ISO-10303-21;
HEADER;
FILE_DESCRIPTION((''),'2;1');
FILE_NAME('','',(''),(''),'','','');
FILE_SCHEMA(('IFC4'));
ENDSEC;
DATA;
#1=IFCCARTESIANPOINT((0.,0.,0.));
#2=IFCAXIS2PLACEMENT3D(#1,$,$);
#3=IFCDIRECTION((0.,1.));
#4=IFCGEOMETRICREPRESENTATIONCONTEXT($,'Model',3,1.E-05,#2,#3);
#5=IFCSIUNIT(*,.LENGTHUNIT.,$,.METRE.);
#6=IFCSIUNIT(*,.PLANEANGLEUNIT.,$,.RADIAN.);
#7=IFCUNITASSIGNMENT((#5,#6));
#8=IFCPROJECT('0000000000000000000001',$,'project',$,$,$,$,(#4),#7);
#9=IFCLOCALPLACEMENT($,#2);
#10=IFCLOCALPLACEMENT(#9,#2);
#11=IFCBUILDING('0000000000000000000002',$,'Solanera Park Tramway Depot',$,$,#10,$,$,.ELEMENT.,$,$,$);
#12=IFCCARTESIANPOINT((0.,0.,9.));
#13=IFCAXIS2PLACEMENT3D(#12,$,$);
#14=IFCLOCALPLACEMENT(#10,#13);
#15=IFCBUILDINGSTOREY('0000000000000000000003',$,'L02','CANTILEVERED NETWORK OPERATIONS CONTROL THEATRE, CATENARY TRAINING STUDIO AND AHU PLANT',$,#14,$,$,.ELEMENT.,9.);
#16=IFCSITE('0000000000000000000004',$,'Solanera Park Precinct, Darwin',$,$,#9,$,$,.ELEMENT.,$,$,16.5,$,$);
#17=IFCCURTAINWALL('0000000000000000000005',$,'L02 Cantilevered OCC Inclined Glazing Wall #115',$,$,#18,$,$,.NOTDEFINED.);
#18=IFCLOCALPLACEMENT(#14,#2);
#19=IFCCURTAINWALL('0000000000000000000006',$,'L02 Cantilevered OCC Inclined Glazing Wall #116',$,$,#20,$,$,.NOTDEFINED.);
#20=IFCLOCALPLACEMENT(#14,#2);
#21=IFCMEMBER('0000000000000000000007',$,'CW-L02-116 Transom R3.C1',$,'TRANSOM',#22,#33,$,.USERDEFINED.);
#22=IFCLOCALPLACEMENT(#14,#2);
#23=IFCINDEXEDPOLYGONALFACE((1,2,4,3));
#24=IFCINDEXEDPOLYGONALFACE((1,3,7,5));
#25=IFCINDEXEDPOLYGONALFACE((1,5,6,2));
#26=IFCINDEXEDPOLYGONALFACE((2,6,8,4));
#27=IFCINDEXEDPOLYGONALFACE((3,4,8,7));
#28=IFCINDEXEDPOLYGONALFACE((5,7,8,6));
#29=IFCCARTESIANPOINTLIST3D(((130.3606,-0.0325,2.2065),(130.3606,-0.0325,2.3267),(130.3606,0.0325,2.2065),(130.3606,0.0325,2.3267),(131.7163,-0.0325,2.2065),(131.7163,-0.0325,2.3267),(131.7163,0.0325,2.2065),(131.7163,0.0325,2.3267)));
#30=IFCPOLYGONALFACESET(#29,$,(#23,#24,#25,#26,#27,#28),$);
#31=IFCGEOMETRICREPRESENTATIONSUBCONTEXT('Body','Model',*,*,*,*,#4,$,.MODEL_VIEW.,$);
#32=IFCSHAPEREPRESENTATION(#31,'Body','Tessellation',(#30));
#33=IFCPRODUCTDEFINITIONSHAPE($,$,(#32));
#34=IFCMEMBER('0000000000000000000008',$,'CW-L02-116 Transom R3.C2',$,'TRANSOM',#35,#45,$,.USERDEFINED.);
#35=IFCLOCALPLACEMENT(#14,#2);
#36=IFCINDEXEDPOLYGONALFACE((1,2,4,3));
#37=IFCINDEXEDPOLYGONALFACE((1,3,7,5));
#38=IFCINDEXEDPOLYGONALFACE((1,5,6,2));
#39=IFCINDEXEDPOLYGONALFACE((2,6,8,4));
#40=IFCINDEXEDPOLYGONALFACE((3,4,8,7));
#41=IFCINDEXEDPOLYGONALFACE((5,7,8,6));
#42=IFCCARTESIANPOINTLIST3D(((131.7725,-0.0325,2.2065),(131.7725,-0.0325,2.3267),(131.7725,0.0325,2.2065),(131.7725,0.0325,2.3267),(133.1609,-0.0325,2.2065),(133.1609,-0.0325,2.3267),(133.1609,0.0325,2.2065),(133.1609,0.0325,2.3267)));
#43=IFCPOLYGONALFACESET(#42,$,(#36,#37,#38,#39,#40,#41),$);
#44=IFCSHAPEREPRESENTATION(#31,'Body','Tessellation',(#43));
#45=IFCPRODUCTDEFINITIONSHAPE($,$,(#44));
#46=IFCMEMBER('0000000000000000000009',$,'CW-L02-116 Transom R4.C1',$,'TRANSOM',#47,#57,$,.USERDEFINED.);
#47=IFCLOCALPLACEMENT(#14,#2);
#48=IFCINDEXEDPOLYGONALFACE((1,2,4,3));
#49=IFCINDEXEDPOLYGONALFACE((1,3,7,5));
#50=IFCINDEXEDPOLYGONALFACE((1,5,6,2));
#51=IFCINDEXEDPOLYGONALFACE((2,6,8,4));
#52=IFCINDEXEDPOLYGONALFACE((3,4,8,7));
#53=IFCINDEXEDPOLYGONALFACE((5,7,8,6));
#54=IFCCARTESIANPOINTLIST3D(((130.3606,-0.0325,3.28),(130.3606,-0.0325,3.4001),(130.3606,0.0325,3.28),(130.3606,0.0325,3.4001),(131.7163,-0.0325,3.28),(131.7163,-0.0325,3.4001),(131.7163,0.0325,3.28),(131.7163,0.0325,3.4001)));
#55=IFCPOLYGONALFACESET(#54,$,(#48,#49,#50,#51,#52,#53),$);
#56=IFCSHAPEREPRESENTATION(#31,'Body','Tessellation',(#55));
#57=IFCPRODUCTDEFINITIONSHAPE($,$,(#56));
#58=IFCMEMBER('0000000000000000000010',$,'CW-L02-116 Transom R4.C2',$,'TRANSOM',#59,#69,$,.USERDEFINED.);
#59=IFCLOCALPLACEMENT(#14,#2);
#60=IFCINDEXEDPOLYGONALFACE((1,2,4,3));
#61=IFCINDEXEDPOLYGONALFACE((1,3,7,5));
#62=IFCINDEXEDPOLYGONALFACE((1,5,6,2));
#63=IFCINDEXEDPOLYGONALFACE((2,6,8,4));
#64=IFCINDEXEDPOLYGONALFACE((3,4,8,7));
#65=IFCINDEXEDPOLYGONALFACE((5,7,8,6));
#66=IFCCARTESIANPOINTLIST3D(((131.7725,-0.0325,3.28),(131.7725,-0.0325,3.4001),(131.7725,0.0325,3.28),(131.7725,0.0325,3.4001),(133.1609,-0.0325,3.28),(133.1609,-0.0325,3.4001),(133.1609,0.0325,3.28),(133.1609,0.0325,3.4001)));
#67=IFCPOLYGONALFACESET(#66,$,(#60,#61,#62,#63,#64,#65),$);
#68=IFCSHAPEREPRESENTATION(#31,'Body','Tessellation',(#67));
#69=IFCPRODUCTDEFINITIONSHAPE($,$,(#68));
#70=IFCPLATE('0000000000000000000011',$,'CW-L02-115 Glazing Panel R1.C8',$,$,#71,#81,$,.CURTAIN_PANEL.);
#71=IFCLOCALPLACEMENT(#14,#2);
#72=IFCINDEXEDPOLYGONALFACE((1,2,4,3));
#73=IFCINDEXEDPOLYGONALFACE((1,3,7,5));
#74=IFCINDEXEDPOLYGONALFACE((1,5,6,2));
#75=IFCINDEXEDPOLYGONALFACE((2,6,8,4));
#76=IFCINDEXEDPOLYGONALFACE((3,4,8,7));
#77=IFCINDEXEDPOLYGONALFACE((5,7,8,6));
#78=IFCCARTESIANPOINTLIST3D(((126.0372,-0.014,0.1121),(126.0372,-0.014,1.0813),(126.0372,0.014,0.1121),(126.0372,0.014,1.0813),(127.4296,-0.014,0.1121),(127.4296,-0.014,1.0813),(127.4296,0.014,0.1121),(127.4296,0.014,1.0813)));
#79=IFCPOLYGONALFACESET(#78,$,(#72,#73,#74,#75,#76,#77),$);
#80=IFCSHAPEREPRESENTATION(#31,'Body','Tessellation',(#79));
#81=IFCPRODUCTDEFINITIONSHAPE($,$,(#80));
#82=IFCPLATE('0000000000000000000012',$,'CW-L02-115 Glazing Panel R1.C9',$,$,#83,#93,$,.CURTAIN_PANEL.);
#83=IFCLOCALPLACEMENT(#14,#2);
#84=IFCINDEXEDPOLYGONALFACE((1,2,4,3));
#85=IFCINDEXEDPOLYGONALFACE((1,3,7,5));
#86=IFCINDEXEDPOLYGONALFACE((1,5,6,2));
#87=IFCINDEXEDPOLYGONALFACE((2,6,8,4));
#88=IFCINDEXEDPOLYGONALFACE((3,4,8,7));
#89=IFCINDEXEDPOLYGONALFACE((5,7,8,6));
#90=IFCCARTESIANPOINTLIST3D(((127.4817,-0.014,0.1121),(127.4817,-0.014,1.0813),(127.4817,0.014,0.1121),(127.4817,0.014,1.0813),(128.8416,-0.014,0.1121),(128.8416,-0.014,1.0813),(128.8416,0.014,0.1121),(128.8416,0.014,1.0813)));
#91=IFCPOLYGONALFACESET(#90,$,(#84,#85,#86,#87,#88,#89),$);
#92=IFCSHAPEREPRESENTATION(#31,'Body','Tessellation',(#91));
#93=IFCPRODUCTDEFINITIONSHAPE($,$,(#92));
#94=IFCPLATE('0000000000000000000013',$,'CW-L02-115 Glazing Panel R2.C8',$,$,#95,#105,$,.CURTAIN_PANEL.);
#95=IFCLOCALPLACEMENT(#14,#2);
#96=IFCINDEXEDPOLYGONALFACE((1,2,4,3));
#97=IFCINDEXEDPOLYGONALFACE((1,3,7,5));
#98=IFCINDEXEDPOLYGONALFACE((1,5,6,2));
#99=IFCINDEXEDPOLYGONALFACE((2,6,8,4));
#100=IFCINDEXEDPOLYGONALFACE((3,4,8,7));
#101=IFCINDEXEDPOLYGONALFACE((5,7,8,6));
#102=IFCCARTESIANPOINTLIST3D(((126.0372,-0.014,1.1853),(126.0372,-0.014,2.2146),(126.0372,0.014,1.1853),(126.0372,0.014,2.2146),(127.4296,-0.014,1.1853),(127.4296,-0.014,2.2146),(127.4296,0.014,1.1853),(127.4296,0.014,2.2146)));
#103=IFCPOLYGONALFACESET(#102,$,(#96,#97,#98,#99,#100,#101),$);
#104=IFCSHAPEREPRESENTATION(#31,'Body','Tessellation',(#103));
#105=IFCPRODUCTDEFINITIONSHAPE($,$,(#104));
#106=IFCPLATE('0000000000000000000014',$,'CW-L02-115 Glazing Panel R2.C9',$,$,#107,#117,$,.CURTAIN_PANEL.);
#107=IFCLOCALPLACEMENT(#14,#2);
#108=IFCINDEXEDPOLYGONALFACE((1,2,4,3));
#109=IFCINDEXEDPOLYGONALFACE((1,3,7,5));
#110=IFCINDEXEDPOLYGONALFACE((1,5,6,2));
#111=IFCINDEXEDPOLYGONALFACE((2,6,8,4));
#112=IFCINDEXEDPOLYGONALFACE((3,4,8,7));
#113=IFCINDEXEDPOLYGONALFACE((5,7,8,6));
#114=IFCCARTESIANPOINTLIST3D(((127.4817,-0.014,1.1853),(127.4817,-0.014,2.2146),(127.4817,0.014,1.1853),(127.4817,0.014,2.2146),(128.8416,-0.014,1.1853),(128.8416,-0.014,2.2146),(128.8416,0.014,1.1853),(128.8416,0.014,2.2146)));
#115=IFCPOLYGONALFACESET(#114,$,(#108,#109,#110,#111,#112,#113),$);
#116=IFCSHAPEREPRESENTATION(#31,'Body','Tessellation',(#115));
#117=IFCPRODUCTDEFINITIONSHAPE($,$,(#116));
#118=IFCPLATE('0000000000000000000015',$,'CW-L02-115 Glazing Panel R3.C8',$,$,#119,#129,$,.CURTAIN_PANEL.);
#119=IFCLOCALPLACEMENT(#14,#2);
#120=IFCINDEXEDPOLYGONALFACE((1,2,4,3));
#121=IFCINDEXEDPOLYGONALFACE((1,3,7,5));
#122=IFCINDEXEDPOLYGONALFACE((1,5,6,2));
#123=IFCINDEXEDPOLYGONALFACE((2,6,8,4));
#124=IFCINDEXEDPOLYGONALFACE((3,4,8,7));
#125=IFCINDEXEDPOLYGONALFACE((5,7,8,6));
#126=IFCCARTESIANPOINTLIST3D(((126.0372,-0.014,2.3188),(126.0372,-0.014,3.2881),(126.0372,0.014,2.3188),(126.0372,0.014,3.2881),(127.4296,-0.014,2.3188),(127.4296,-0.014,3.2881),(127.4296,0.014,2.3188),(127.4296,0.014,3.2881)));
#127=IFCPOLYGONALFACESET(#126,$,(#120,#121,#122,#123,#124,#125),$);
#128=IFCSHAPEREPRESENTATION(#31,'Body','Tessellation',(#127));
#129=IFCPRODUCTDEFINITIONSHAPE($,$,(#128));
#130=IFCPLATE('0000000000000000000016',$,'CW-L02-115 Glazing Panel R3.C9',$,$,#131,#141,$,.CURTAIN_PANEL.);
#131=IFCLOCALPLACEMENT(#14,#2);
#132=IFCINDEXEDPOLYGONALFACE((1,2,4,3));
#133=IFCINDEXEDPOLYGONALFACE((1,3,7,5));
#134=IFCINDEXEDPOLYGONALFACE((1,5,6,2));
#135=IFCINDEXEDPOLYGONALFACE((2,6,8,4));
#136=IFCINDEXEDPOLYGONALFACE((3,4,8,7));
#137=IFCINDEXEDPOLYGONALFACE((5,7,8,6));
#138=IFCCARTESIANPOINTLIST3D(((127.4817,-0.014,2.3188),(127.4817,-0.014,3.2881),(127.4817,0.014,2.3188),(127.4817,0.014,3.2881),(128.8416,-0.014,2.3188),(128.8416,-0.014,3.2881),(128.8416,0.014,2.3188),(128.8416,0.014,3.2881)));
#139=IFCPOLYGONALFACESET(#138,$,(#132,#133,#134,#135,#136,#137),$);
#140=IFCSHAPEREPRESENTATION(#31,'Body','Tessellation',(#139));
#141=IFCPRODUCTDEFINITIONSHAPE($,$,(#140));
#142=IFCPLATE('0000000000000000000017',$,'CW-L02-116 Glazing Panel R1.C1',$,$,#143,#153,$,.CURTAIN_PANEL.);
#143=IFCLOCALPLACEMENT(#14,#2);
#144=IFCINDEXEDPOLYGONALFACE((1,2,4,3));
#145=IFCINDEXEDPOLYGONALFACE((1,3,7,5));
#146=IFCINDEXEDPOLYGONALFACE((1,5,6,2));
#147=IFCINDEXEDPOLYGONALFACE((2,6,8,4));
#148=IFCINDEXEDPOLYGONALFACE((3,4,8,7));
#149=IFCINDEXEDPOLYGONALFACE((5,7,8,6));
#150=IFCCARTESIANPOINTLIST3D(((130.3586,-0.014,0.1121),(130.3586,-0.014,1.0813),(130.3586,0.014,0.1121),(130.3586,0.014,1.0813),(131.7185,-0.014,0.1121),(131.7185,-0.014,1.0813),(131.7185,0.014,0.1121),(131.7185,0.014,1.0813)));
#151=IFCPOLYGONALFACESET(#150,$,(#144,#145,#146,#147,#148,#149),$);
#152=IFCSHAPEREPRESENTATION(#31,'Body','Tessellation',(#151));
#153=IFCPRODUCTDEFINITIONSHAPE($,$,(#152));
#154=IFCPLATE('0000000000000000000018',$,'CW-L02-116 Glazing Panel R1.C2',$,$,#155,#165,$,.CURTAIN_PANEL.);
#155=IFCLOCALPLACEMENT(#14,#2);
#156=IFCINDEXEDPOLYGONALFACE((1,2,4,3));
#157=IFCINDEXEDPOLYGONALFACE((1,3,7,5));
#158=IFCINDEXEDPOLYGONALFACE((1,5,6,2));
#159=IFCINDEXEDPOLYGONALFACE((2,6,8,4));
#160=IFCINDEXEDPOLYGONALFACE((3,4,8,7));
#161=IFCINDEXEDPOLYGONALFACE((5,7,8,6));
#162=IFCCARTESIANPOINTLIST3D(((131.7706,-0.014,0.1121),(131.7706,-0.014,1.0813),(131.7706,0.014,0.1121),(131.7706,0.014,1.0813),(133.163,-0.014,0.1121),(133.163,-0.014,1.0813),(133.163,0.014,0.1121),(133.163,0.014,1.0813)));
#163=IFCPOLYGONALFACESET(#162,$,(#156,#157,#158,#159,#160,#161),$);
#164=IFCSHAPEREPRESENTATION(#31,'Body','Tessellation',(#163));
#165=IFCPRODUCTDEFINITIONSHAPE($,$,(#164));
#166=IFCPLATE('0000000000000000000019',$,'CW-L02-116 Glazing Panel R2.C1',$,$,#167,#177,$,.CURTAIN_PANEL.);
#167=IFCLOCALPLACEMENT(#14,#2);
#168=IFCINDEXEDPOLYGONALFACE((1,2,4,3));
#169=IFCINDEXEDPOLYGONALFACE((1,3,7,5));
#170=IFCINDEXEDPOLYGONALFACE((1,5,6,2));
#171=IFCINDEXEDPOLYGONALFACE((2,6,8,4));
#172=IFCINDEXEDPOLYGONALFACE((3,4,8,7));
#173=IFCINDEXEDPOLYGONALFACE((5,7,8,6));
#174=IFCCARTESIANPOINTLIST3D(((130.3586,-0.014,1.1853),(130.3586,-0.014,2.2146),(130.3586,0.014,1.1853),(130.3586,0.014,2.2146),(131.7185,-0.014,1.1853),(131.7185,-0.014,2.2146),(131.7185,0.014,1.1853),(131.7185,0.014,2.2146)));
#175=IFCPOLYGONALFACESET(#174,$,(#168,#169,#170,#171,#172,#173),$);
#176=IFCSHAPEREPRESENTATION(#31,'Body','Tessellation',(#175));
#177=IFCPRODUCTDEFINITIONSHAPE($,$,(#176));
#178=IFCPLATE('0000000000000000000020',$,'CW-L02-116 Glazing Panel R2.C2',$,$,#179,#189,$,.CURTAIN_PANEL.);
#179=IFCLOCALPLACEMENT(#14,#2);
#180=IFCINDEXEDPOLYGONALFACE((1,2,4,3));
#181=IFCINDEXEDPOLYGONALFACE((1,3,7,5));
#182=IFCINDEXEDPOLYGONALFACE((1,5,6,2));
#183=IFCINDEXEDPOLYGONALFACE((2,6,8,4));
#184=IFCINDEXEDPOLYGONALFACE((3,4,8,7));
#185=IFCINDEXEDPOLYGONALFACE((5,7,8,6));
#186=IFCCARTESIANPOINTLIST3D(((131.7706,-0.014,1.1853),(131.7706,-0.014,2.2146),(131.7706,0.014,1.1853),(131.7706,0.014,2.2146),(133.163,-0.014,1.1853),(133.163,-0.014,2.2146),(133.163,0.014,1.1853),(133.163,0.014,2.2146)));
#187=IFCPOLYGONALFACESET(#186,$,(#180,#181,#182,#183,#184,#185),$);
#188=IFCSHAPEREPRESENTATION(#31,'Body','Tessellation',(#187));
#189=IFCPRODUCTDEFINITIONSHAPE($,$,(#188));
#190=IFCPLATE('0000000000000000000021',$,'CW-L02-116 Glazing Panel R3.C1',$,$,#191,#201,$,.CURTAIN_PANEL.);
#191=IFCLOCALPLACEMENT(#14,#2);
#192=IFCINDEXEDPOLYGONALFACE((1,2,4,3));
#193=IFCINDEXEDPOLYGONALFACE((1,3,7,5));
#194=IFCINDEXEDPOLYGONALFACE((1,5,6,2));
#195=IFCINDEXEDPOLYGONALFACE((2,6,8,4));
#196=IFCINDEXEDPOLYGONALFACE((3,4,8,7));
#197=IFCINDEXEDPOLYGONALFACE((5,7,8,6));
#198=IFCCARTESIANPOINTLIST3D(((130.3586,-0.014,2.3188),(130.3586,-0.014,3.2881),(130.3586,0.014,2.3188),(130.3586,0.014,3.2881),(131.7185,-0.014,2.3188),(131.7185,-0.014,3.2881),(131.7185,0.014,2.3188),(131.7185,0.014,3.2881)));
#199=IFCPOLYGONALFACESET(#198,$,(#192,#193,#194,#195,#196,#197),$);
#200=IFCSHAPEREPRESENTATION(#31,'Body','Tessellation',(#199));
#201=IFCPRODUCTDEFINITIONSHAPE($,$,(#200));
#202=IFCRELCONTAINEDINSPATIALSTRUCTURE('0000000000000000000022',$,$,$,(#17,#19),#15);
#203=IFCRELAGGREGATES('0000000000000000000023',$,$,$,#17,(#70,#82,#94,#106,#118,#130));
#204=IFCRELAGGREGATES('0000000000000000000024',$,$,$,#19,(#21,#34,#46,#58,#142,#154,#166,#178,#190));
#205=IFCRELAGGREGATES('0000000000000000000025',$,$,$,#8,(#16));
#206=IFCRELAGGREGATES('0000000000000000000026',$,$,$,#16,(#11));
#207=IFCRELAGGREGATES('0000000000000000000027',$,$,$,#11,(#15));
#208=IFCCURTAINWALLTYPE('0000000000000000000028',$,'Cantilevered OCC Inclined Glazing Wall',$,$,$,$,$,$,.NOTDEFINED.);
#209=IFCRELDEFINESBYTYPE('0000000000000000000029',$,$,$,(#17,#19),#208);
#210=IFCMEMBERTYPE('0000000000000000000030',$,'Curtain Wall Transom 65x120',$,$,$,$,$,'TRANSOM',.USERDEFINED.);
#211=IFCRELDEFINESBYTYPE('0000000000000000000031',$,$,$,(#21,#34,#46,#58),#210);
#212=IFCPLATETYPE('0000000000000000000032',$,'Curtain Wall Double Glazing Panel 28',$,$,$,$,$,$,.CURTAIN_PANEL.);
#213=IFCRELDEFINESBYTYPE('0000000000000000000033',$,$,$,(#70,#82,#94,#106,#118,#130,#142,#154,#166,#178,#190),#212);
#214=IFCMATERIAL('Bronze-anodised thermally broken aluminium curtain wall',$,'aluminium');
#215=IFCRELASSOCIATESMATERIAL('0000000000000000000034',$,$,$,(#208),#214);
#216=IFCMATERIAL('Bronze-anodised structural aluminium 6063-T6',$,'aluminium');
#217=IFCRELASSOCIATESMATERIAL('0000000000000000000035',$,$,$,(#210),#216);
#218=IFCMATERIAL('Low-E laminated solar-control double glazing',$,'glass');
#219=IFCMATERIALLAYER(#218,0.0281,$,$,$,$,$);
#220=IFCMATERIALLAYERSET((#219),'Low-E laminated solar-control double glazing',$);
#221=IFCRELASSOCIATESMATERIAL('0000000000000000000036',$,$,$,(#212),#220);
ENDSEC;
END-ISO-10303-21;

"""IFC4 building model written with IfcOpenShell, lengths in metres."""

from ifc_helpers import new_model, si_unit, direction, frame, origin, origin_2d, place, context, subcontext, project, spatial, rectangle, extrude, material, layer, layer_set, material_profile, profile_set, type_object, element, aggregate, save


model = new_model("IFC4")

# Units and contexts
model_context = context("Model", 3, precision=1e-05, world=origin(), true_north=direction((0.0, 1.0)))
body_context = subcontext(model_context, "Body", "Model", "MODEL_VIEW")
ifc_project = project(units=[si_unit("LENGTHUNIT", "METRE"), si_unit("PLANEANGLEUNIT", "RADIAN")], contexts=[model_context])

# Site, building, storey
site_placement = place(None, origin())
site = spatial("IfcSite", under=ifc_project, at=site_placement, Name="Solanera Park Precinct, Darwin", CompositionType="ELEMENT", RefElevation=16.5)
building_placement = place(site_placement, origin())
building = spatial("IfcBuilding", under=site, at=building_placement, Name="Solanera Park Tramway Depot", CompositionType="ELEMENT")
storey_placement = place(building_placement, frame((0.0, 0.0, 9.0)))
storey = spatial("IfcBuildingStorey", under=building, at=storey_placement, Name="L02", Description="CANTILEVERED NETWORK OPERATIONS CONTROL THEATRE, CATENARY TRAINING STUDIO AND AHU PLANT", CompositionType="ELEMENT", Elevation=9.0)

# Curtain walls
ifc_material_1 = material(Name="Bronze-anodised thermally broken aluminium curtain wall", Category="aluminium")
curtain_wall_type = type_object("IfcCurtainWallType", Name="Cantilevered OCC Inclined Glazing Wall", PredefinedType="NOTDEFINED", material=ifc_material_1)
curtain_wall_1_placement = place(storey_placement, origin())
curtain_wall_1 = element("IfcCurtainWall", 1, at=curtain_wall_1_placement, inside=storey, type_object=curtain_wall_type, Name="L02 Cantilevered OCC Inclined Glazing Wall #115", PredefinedType="NOTDEFINED")
curtain_wall_2_placement = place(storey_placement, origin())
curtain_wall_2 = element("IfcCurtainWall", 2, at=curtain_wall_2_placement, inside=storey, type_object=curtain_wall_type, Name="L02 Cantilevered OCC Inclined Glazing Wall #116", PredefinedType="NOTDEFINED")

# Members
ifc_material_2 = material(Name="Bronze-anodised structural aluminium 6063-T6", Category="aluminium")
ifc_material_profile_1 = material_profile(ifc_material_2, rectangle(XDim=0.0649, YDim=0.1201, at=origin_2d()), Name="Curtain Wall Transom 65x120")
ifc_profile_set_1 = profile_set([ifc_material_profile_1], Name="Bronze-anodised structural aluminium 6063-T6")
member_type_1 = type_object("IfcMemberType", Name="Curtain Wall Transom 65x120", ElementType="TRANSOM", PredefinedType="USERDEFINED", material=ifc_profile_set_1)
member_1_placement = place(storey_placement, frame((130.3606, 0.0, 2.2666), z_axis=(1.0, 0.0, 0.0), x_axis=(0.0, 1.0, 0.0)))
member_1 = element("IfcMember", 3, at=member_1_placement, type_object=member_type_1, Name="CW-L02-116 Transom R3.C1", ObjectType="TRANSOM", PredefinedType="USERDEFINED", context=body_context, shape_type="SweptSolid", body=[
    extrude(rectangle(XDim=0.0649, YDim=0.1201, at=origin_2d()), origin(), (0.0, 0.0, 1.0), 1.3557),
])
member_2_placement = place(storey_placement, frame((131.7725, 0.0, 2.2666), z_axis=(1.0, 0.0, 0.0), x_axis=(0.0, 1.0, 0.0)))
member_2 = element("IfcMember", 4, at=member_2_placement, type_object=member_type_1, Name="CW-L02-116 Transom R3.C2", ObjectType="TRANSOM", PredefinedType="USERDEFINED", context=body_context, shape_type="SweptSolid", body=[
    extrude(rectangle(XDim=0.0649, YDim=0.1201, at=origin_2d()), origin(), (0.0, 0.0, 1.0), 1.3884),
])
member_3_placement = place(storey_placement, frame((130.3606, 0.0, 3.3401), z_axis=(1.0, 0.0, 0.0), x_axis=(0.0, 1.0, 0.0)))
member_3 = element("IfcMember", 5, at=member_3_placement, type_object=member_type_1, Name="CW-L02-116 Transom R4.C1", ObjectType="TRANSOM", PredefinedType="USERDEFINED", context=body_context, shape_type="SweptSolid", body=[
    extrude(rectangle(XDim=0.0649, YDim=0.1201, at=origin_2d()), origin(), (0.0, 0.0, 1.0), 1.3557),
])
member_4_placement = place(storey_placement, frame((131.7725, 0.0, 3.3401), z_axis=(1.0, 0.0, 0.0), x_axis=(0.0, 1.0, 0.0)))
member_4 = element("IfcMember", 6, at=member_4_placement, type_object=member_type_1, Name="CW-L02-116 Transom R4.C2", ObjectType="TRANSOM", PredefinedType="USERDEFINED", context=body_context, shape_type="SweptSolid", body=[
    extrude(rectangle(XDim=0.0649, YDim=0.1201, at=origin_2d()), origin(), (0.0, 0.0, 1.0), 1.3884),
])

# Plates
ifc_material_3 = material(Name="Low-E laminated solar-control double glazing", Category="glass")
ifc_layer = layer(ifc_material_3, 0.0281)
ifc_layer_set = layer_set([ifc_layer], Name="Low-E laminated solar-control double glazing")
plate_type = type_object("IfcPlateType", Name="Curtain Wall Double Glazing Panel 28", PredefinedType="CURTAIN_PANEL", material=ifc_layer_set)
plate_1_placement = place(storey_placement, frame((126.7334, 0.0, 0.1121), z_axis=(0.0, 0.0, 1.0), x_axis=(1.0, 0.0, 0.0)))
plate_1 = element("IfcPlate", 7, at=plate_1_placement, type_object=plate_type, Name="CW-L02-115 Glazing Panel R1.C8", PredefinedType="CURTAIN_PANEL", context=body_context, shape_type="SweptSolid", body=[
    extrude(rectangle(XDim=1.3923, YDim=0.0281, at=origin_2d()), origin(), (0.0, 0.0, 1.0), 0.9692),
])
plate_2_placement = place(storey_placement, frame((128.1616, 0.0, 0.1121), z_axis=(0.0, 0.0, 1.0), x_axis=(1.0, 0.0, 0.0)))
plate_2 = element("IfcPlate", 8, at=plate_2_placement, type_object=plate_type, Name="CW-L02-115 Glazing Panel R1.C9", PredefinedType="CURTAIN_PANEL", context=body_context, shape_type="SweptSolid", body=[
    extrude(rectangle(XDim=1.3599, YDim=0.0281, at=origin_2d()), origin(), (0.0, 0.0, 1.0), 0.9692),
])
plate_3_placement = place(storey_placement, frame((126.7334, 0.0, 1.1853), z_axis=(0.0, 0.0, 1.0), x_axis=(1.0, 0.0, 0.0)))
plate_3 = element("IfcPlate", 9, at=plate_3_placement, type_object=plate_type, Name="CW-L02-115 Glazing Panel R2.C8", PredefinedType="CURTAIN_PANEL", context=body_context, shape_type="SweptSolid", body=[
    extrude(rectangle(XDim=1.3923, YDim=0.0281, at=origin_2d()), origin(), (0.0, 0.0, 1.0), 1.0293),
])
plate_4_placement = place(storey_placement, frame((128.1616, 0.0, 1.1853), z_axis=(0.0, 0.0, 1.0), x_axis=(1.0, 0.0, 0.0)))
plate_4 = element("IfcPlate", 10, at=plate_4_placement, type_object=plate_type, Name="CW-L02-115 Glazing Panel R2.C9", PredefinedType="CURTAIN_PANEL", context=body_context, shape_type="SweptSolid", body=[
    extrude(rectangle(XDim=1.3599, YDim=0.0281, at=origin_2d()), origin(), (0.0, 0.0, 1.0), 1.0293),
])
plate_5_placement = place(storey_placement, frame((126.7334, 0.0, 2.3188), z_axis=(0.0, 0.0, 1.0), x_axis=(1.0, 0.0, 0.0)))
plate_5 = element("IfcPlate", 11, at=plate_5_placement, type_object=plate_type, Name="CW-L02-115 Glazing Panel R3.C8", PredefinedType="CURTAIN_PANEL", context=body_context, shape_type="SweptSolid", body=[
    extrude(rectangle(XDim=1.3923, YDim=0.0281, at=origin_2d()), origin(), (0.0, 0.0, 1.0), 0.9692),
])
plate_6_placement = place(storey_placement, frame((128.1616, 0.0, 2.3188), z_axis=(0.0, 0.0, 1.0), x_axis=(1.0, 0.0, 0.0)))
plate_6 = element("IfcPlate", 12, at=plate_6_placement, type_object=plate_type, Name="CW-L02-115 Glazing Panel R3.C9", PredefinedType="CURTAIN_PANEL", context=body_context, shape_type="SweptSolid", body=[
    extrude(rectangle(XDim=1.3599, YDim=0.0281, at=origin_2d()), origin(), (0.0, 0.0, 1.0), 0.9692),
])
aggregate(curtain_wall_1, [plate_1, plate_2, plate_3, plate_4, plate_5, plate_6])
plate_7_placement = place(storey_placement, frame((131.0386, 0.0, 0.1121), z_axis=(0.0, 0.0, 1.0), x_axis=(1.0, 0.0, 0.0)))
plate_7 = element("IfcPlate", 13, at=plate_7_placement, type_object=plate_type, Name="CW-L02-116 Glazing Panel R1.C1", PredefinedType="CURTAIN_PANEL", context=body_context, shape_type="SweptSolid", body=[
    extrude(rectangle(XDim=1.3599, YDim=0.0281, at=origin_2d()), origin(), (0.0, 0.0, 1.0), 0.9692),
])
plate_8_placement = place(storey_placement, frame((132.4668, 0.0, 0.1121), z_axis=(0.0, 0.0, 1.0), x_axis=(1.0, 0.0, 0.0)))
plate_8 = element("IfcPlate", 14, at=plate_8_placement, type_object=plate_type, Name="CW-L02-116 Glazing Panel R1.C2", PredefinedType="CURTAIN_PANEL", context=body_context, shape_type="SweptSolid", body=[
    extrude(rectangle(XDim=1.3923, YDim=0.0281, at=origin_2d()), origin(), (0.0, 0.0, 1.0), 0.9692),
])
plate_9_placement = place(storey_placement, frame((131.0386, 0.0, 1.1853), z_axis=(0.0, 0.0, 1.0), x_axis=(1.0, 0.0, 0.0)))
plate_9 = element("IfcPlate", 15, at=plate_9_placement, type_object=plate_type, Name="CW-L02-116 Glazing Panel R2.C1", PredefinedType="CURTAIN_PANEL", context=body_context, shape_type="SweptSolid", body=[
    extrude(rectangle(XDim=1.3599, YDim=0.0281, at=origin_2d()), origin(), (0.0, 0.0, 1.0), 1.0293),
])
plate_10_placement = place(storey_placement, frame((132.4668, 0.0, 1.1853), z_axis=(0.0, 0.0, 1.0), x_axis=(1.0, 0.0, 0.0)))
plate_10 = element("IfcPlate", 16, at=plate_10_placement, type_object=plate_type, Name="CW-L02-116 Glazing Panel R2.C2", PredefinedType="CURTAIN_PANEL", context=body_context, shape_type="SweptSolid", body=[
    extrude(rectangle(XDim=1.3923, YDim=0.0281, at=origin_2d()), origin(), (0.0, 0.0, 1.0), 1.0293),
])
plate_11_placement = place(storey_placement, frame((131.0386, 0.0, 2.3188), z_axis=(0.0, 0.0, 1.0), x_axis=(1.0, 0.0, 0.0)))
plate_11 = element("IfcPlate", 17, at=plate_11_placement, type_object=plate_type, Name="CW-L02-116 Glazing Panel R3.C1", PredefinedType="CURTAIN_PANEL", context=body_context, shape_type="SweptSolid", body=[
    extrude(rectangle(XDim=1.3599, YDim=0.0281, at=origin_2d()), origin(), (0.0, 0.0, 1.0), 0.9692),
])
aggregate(curtain_wall_2, [member_1, member_2, member_3, member_4, plate_7, plate_8, plate_9, plate_10, plate_11])

save(model, "model.ifc")
